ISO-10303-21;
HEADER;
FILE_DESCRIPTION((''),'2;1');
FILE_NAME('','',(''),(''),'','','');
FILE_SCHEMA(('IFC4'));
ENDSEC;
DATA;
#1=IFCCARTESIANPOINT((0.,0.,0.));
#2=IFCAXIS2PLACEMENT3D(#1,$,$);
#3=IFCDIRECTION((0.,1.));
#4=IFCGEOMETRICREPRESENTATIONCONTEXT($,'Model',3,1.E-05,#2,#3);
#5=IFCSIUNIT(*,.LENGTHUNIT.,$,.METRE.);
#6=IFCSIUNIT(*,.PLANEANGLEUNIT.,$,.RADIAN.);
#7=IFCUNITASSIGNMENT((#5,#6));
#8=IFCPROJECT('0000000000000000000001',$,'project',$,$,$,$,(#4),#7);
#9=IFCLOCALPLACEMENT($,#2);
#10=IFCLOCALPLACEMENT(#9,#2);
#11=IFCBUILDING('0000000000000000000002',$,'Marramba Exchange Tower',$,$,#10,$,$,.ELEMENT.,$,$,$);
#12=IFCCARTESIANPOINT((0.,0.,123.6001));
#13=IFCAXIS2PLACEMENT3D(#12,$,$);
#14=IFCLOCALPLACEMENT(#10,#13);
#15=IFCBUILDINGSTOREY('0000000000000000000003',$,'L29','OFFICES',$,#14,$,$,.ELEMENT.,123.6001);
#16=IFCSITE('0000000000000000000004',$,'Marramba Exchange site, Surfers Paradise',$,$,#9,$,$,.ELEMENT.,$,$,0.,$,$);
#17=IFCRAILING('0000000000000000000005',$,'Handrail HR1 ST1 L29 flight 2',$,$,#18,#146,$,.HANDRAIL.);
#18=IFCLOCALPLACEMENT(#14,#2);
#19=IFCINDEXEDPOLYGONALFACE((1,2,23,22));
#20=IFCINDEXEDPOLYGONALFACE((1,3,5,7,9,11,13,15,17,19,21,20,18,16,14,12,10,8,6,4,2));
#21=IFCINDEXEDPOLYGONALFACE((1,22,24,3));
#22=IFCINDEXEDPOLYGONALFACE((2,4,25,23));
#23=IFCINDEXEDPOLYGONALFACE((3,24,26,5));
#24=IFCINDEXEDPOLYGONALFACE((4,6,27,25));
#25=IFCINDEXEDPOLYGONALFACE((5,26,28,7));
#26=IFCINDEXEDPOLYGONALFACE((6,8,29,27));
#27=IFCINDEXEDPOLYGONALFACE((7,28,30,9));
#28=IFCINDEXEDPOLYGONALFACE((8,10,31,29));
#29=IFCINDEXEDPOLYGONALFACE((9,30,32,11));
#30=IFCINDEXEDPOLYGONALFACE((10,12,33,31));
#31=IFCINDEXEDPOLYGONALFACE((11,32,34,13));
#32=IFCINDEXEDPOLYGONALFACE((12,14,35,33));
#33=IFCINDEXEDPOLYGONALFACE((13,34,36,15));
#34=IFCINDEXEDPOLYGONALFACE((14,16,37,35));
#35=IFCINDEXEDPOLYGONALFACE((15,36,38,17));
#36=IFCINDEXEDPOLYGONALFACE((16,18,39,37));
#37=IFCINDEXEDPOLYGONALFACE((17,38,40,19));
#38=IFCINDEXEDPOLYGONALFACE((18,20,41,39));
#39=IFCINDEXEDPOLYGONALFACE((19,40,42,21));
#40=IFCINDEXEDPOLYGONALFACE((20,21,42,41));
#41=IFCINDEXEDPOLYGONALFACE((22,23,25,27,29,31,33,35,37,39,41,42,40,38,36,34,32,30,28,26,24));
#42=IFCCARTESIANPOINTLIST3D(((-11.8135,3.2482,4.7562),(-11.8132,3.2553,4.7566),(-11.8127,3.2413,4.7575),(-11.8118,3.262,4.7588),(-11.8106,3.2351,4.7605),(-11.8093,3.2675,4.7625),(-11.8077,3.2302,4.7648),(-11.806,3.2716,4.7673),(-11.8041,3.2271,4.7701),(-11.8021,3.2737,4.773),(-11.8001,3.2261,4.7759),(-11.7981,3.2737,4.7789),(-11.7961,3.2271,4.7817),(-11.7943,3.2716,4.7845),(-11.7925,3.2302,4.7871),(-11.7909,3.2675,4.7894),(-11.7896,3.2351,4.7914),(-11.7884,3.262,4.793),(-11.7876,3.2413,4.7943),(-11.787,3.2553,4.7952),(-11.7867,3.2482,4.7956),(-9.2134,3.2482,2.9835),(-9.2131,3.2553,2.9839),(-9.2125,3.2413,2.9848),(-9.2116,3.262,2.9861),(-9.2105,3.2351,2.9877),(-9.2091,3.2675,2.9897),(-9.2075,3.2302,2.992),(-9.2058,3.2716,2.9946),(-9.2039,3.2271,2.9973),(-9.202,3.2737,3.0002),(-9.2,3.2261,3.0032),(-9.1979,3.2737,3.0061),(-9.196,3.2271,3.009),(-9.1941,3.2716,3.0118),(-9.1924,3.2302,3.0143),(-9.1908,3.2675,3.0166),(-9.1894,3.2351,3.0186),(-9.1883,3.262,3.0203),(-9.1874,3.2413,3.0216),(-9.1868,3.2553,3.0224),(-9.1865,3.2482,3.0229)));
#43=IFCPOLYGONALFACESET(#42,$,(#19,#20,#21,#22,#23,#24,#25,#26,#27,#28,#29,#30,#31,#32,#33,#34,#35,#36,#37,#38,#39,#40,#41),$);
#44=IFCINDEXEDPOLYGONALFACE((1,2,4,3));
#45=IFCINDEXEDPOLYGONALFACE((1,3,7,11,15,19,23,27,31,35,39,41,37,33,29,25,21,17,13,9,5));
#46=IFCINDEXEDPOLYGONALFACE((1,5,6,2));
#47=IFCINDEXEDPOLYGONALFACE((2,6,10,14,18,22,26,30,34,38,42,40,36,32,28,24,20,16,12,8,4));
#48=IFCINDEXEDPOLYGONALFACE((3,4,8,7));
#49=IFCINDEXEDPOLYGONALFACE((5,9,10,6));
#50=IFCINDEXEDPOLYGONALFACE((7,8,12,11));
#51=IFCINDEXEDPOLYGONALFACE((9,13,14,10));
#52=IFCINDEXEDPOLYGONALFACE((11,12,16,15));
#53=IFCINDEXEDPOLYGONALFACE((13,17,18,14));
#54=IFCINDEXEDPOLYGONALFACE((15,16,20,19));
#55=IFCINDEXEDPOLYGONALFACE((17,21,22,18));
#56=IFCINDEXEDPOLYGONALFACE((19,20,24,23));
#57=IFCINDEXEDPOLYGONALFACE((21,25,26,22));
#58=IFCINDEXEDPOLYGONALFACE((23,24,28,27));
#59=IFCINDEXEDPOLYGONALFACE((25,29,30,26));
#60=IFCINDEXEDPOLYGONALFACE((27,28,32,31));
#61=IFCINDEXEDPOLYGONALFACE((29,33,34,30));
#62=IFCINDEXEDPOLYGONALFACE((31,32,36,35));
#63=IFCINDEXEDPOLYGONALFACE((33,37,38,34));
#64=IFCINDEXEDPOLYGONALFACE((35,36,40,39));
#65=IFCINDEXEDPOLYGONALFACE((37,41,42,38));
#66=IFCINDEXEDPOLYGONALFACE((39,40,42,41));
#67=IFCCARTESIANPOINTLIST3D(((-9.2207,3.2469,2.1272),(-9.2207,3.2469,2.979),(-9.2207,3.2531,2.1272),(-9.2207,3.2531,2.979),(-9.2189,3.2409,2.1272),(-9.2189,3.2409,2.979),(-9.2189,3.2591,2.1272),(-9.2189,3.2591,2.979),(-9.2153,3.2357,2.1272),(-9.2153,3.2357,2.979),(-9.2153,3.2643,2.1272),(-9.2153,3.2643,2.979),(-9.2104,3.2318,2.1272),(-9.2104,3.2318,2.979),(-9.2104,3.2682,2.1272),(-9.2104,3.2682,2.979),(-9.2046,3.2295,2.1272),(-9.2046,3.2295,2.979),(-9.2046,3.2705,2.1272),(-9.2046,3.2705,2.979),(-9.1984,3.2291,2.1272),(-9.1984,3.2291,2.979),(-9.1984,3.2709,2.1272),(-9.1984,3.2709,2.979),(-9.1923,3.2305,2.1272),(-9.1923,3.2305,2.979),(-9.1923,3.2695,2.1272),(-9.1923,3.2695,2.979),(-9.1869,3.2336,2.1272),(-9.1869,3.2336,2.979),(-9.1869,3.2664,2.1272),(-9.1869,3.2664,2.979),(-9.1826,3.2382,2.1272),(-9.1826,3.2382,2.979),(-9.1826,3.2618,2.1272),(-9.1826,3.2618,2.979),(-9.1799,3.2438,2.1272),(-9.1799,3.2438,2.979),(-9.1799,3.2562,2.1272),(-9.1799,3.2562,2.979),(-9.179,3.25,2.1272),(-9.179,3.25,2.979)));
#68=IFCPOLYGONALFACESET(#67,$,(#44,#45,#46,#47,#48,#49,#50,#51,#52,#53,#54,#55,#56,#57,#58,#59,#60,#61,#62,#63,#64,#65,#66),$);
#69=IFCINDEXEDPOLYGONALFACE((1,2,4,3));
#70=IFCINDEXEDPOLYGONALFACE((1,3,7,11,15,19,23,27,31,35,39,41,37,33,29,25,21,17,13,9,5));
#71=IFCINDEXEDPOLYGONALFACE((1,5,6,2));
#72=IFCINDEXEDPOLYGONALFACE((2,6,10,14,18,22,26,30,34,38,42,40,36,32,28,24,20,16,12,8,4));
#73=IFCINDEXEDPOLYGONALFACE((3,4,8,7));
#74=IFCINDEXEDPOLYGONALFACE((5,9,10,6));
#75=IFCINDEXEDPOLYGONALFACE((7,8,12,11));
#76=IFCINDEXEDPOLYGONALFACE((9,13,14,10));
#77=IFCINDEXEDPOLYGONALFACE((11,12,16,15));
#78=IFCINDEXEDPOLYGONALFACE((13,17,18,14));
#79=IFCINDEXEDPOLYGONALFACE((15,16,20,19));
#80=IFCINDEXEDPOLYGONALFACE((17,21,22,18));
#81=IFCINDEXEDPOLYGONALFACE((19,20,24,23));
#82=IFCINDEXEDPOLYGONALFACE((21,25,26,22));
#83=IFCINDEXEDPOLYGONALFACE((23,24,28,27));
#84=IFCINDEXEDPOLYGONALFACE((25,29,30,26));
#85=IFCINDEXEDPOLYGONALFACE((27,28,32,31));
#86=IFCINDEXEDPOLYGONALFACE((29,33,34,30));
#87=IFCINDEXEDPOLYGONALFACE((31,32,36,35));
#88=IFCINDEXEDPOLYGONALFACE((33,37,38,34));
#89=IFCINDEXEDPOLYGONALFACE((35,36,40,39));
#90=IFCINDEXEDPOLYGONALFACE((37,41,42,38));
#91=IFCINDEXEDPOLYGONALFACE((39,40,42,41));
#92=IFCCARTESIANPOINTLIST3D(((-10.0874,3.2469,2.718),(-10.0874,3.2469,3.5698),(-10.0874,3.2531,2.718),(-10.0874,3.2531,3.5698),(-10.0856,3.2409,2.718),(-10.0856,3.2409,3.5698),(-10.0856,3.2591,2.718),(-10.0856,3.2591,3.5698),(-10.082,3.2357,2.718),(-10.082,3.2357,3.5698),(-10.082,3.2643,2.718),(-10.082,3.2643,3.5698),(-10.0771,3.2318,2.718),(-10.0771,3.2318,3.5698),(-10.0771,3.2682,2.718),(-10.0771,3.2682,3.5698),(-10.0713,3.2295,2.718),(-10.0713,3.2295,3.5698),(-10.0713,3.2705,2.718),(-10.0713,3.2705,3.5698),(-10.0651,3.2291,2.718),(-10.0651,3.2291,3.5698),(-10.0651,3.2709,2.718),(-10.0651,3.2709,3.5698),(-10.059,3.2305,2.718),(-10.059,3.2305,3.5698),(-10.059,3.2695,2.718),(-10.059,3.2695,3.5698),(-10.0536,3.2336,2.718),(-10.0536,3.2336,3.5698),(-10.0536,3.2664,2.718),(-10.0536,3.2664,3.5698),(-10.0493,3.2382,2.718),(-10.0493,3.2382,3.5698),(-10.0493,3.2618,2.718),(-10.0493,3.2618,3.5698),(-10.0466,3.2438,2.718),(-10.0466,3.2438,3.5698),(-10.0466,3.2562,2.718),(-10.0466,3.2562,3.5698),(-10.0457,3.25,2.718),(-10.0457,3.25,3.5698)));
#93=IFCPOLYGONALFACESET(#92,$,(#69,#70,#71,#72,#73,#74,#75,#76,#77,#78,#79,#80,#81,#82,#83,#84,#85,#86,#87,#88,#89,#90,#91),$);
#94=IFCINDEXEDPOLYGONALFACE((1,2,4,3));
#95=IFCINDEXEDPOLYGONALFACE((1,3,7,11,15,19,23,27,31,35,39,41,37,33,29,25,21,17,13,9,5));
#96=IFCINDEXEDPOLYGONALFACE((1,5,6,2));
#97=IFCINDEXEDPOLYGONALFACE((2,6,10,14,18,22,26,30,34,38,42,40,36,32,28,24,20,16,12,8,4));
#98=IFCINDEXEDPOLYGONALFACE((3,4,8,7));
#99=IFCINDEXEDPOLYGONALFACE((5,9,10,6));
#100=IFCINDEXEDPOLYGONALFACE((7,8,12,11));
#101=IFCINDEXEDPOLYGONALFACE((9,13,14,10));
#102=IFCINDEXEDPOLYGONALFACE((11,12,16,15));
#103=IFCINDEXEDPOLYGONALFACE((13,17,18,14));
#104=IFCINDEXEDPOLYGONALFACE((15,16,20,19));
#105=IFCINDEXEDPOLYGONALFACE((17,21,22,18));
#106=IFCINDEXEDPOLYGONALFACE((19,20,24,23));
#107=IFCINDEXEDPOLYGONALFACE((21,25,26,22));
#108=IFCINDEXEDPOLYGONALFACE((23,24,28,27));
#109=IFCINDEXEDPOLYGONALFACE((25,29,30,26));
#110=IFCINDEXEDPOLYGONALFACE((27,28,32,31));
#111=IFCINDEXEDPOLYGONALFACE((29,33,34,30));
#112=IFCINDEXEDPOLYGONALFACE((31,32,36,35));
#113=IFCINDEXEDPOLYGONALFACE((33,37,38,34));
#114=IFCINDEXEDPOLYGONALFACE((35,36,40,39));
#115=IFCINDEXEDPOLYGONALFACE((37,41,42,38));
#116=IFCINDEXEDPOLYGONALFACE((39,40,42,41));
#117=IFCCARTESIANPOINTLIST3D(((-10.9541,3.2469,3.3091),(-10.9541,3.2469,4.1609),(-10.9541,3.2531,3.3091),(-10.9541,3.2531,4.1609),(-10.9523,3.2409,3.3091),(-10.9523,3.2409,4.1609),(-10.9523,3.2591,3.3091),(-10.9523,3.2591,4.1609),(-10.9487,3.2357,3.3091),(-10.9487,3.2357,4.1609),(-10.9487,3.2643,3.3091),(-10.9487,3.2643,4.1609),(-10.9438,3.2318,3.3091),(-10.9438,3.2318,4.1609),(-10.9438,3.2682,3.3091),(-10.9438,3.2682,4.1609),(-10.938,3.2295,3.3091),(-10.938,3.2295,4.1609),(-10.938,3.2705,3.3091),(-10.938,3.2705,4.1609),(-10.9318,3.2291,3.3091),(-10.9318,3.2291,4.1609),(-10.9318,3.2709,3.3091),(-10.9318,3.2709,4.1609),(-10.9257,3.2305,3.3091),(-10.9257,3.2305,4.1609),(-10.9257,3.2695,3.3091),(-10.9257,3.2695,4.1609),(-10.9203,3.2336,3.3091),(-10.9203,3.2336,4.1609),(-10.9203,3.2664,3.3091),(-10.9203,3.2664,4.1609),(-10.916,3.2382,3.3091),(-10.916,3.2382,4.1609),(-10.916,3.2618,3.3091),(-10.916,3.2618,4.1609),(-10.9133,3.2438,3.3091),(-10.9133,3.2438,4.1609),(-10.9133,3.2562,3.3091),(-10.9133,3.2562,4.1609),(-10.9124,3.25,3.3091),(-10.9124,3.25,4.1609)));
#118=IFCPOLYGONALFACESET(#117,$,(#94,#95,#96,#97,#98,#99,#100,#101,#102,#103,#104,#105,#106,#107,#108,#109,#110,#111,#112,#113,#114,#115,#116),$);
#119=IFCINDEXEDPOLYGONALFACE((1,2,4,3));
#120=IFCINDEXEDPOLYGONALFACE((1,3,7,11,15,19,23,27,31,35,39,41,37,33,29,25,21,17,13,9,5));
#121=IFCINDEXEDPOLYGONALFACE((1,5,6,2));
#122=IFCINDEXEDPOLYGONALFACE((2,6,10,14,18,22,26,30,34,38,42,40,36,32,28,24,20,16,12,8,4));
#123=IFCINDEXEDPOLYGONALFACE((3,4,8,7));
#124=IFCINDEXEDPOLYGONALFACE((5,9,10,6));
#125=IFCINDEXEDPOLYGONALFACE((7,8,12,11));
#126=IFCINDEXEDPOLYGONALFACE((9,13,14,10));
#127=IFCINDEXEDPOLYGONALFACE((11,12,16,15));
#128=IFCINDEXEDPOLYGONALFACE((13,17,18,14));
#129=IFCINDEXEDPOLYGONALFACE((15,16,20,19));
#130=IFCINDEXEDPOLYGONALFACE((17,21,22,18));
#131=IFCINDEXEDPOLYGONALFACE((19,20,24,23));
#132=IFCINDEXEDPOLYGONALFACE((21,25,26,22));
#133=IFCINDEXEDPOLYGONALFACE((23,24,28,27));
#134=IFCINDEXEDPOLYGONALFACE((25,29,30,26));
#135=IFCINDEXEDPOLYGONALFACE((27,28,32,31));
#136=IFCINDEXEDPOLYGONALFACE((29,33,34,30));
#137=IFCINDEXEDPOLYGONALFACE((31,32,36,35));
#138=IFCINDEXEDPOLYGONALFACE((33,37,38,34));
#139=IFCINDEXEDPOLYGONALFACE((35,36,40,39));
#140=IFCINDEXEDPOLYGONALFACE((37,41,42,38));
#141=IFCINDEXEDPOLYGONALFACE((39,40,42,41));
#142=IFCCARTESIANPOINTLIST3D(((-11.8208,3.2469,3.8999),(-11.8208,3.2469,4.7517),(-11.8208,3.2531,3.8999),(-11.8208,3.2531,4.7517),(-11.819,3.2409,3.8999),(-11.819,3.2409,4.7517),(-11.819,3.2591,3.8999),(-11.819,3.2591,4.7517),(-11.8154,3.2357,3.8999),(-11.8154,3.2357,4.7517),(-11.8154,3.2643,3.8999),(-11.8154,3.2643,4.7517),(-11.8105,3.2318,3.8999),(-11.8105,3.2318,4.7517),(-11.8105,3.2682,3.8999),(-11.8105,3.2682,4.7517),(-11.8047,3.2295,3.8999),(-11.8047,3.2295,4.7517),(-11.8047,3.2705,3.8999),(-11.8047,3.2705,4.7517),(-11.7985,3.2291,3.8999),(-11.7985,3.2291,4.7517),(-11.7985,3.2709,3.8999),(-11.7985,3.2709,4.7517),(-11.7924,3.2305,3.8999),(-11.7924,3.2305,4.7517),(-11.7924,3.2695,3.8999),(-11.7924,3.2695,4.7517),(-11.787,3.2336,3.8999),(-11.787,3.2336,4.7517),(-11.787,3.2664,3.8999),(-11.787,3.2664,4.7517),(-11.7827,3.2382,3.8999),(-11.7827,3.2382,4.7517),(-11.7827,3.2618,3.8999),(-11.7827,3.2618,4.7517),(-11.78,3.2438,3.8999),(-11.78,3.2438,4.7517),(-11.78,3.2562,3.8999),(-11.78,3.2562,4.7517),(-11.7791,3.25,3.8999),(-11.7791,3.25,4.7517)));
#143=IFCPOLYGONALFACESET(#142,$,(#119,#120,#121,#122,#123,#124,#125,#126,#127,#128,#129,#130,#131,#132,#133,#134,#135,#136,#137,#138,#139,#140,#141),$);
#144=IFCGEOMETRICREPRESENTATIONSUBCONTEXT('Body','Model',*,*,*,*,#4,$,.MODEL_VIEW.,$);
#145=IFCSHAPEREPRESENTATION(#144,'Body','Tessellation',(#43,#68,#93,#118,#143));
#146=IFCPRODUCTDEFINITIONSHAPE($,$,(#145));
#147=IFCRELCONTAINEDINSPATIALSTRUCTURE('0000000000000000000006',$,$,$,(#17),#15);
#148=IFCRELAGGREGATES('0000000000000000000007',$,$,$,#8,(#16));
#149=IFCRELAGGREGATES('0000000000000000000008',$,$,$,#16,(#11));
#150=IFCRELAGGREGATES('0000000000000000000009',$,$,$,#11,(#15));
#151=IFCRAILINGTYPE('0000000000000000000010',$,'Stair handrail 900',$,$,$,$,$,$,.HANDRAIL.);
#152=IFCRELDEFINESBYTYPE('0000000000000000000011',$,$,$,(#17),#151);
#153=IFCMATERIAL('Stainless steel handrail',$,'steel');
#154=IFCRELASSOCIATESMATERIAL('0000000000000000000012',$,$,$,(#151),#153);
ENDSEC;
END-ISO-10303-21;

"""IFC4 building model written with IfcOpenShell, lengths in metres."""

from ifc_helpers import new_model, si_unit, direction, frame, origin, origin_2d, place, context, subcontext, project, spatial, circle, extrude, material, type_object, element, save


model = new_model("IFC4")

# Units and contexts
model_context = context("Model", 3, precision=1e-05, world=origin(), true_north=direction((0.0, 1.0)))
body_context = subcontext(model_context, "Body", "Model", "MODEL_VIEW")
ifc_project = project(units=[si_unit("LENGTHUNIT", "METRE"), si_unit("PLANEANGLEUNIT", "RADIAN")], contexts=[model_context])

# Site, building, storey
site_placement = place(None, origin())
site = spatial("IfcSite", under=ifc_project, at=site_placement, Name="Marramba Exchange site, Surfers Paradise", CompositionType="ELEMENT", RefElevation=0.0)
building_placement = place(site_placement, origin())
building = spatial("IfcBuilding", under=site, at=building_placement, Name="Marramba Exchange Tower", CompositionType="ELEMENT")
storey_placement = place(building_placement, frame((0.0, 0.0, 123.6001)))
storey = spatial("IfcBuildingStorey", under=building, at=storey_placement, Name="L29", Description="OFFICES", CompositionType="ELEMENT", Elevation=123.6001)

# Railing
ifc_material_1 = material(Name="Stainless steel handrail", Category="steel")
railing_type = type_object("IfcRailingType", Name="Stair handrail 900", PredefinedType="HANDRAIL", material=ifc_material_1)
railing_placement = place(storey_placement, frame((-9.2, 3.25, 2.1272)))
element("IfcRailing", 1, at=railing_placement, inside=storey, type_object=railing_type, Name="Handrail HR1 ST1 L29 flight 2", PredefinedType="HANDRAIL", context=body_context, shape_type="SweptSolid", body=[
    extrude(circle(Radius=0.0239, at=origin_2d()), frame((0.0, 0.0, 0.876), z_axis=(-0.82624, 0.0, 0.563318), x_axis=(0.0, -1.0, 0.0)), (0.0, 0.0, 1.0), 3.147),
    extrude(circle(Radius=0.021, at=origin_2d()), origin(), (0.0, 0.0, 1.0), 0.8518),
    extrude(circle(Radius=0.021, at=origin_2d()), frame((-0.8667, 0.0, 0.5908)), (0.0, 0.0, 1.0), 0.8518),
    extrude(circle(Radius=0.021, at=origin_2d()), frame((-1.7334, 0.0, 1.1819)), (0.0, 0.0, 1.0), 0.8518),
    extrude(circle(Radius=0.021, at=origin_2d()), frame((-2.6001, 0.0, 1.7727)), (0.0, 0.0, 1.0), 0.8518),
])

save(model, "model.ifc")
